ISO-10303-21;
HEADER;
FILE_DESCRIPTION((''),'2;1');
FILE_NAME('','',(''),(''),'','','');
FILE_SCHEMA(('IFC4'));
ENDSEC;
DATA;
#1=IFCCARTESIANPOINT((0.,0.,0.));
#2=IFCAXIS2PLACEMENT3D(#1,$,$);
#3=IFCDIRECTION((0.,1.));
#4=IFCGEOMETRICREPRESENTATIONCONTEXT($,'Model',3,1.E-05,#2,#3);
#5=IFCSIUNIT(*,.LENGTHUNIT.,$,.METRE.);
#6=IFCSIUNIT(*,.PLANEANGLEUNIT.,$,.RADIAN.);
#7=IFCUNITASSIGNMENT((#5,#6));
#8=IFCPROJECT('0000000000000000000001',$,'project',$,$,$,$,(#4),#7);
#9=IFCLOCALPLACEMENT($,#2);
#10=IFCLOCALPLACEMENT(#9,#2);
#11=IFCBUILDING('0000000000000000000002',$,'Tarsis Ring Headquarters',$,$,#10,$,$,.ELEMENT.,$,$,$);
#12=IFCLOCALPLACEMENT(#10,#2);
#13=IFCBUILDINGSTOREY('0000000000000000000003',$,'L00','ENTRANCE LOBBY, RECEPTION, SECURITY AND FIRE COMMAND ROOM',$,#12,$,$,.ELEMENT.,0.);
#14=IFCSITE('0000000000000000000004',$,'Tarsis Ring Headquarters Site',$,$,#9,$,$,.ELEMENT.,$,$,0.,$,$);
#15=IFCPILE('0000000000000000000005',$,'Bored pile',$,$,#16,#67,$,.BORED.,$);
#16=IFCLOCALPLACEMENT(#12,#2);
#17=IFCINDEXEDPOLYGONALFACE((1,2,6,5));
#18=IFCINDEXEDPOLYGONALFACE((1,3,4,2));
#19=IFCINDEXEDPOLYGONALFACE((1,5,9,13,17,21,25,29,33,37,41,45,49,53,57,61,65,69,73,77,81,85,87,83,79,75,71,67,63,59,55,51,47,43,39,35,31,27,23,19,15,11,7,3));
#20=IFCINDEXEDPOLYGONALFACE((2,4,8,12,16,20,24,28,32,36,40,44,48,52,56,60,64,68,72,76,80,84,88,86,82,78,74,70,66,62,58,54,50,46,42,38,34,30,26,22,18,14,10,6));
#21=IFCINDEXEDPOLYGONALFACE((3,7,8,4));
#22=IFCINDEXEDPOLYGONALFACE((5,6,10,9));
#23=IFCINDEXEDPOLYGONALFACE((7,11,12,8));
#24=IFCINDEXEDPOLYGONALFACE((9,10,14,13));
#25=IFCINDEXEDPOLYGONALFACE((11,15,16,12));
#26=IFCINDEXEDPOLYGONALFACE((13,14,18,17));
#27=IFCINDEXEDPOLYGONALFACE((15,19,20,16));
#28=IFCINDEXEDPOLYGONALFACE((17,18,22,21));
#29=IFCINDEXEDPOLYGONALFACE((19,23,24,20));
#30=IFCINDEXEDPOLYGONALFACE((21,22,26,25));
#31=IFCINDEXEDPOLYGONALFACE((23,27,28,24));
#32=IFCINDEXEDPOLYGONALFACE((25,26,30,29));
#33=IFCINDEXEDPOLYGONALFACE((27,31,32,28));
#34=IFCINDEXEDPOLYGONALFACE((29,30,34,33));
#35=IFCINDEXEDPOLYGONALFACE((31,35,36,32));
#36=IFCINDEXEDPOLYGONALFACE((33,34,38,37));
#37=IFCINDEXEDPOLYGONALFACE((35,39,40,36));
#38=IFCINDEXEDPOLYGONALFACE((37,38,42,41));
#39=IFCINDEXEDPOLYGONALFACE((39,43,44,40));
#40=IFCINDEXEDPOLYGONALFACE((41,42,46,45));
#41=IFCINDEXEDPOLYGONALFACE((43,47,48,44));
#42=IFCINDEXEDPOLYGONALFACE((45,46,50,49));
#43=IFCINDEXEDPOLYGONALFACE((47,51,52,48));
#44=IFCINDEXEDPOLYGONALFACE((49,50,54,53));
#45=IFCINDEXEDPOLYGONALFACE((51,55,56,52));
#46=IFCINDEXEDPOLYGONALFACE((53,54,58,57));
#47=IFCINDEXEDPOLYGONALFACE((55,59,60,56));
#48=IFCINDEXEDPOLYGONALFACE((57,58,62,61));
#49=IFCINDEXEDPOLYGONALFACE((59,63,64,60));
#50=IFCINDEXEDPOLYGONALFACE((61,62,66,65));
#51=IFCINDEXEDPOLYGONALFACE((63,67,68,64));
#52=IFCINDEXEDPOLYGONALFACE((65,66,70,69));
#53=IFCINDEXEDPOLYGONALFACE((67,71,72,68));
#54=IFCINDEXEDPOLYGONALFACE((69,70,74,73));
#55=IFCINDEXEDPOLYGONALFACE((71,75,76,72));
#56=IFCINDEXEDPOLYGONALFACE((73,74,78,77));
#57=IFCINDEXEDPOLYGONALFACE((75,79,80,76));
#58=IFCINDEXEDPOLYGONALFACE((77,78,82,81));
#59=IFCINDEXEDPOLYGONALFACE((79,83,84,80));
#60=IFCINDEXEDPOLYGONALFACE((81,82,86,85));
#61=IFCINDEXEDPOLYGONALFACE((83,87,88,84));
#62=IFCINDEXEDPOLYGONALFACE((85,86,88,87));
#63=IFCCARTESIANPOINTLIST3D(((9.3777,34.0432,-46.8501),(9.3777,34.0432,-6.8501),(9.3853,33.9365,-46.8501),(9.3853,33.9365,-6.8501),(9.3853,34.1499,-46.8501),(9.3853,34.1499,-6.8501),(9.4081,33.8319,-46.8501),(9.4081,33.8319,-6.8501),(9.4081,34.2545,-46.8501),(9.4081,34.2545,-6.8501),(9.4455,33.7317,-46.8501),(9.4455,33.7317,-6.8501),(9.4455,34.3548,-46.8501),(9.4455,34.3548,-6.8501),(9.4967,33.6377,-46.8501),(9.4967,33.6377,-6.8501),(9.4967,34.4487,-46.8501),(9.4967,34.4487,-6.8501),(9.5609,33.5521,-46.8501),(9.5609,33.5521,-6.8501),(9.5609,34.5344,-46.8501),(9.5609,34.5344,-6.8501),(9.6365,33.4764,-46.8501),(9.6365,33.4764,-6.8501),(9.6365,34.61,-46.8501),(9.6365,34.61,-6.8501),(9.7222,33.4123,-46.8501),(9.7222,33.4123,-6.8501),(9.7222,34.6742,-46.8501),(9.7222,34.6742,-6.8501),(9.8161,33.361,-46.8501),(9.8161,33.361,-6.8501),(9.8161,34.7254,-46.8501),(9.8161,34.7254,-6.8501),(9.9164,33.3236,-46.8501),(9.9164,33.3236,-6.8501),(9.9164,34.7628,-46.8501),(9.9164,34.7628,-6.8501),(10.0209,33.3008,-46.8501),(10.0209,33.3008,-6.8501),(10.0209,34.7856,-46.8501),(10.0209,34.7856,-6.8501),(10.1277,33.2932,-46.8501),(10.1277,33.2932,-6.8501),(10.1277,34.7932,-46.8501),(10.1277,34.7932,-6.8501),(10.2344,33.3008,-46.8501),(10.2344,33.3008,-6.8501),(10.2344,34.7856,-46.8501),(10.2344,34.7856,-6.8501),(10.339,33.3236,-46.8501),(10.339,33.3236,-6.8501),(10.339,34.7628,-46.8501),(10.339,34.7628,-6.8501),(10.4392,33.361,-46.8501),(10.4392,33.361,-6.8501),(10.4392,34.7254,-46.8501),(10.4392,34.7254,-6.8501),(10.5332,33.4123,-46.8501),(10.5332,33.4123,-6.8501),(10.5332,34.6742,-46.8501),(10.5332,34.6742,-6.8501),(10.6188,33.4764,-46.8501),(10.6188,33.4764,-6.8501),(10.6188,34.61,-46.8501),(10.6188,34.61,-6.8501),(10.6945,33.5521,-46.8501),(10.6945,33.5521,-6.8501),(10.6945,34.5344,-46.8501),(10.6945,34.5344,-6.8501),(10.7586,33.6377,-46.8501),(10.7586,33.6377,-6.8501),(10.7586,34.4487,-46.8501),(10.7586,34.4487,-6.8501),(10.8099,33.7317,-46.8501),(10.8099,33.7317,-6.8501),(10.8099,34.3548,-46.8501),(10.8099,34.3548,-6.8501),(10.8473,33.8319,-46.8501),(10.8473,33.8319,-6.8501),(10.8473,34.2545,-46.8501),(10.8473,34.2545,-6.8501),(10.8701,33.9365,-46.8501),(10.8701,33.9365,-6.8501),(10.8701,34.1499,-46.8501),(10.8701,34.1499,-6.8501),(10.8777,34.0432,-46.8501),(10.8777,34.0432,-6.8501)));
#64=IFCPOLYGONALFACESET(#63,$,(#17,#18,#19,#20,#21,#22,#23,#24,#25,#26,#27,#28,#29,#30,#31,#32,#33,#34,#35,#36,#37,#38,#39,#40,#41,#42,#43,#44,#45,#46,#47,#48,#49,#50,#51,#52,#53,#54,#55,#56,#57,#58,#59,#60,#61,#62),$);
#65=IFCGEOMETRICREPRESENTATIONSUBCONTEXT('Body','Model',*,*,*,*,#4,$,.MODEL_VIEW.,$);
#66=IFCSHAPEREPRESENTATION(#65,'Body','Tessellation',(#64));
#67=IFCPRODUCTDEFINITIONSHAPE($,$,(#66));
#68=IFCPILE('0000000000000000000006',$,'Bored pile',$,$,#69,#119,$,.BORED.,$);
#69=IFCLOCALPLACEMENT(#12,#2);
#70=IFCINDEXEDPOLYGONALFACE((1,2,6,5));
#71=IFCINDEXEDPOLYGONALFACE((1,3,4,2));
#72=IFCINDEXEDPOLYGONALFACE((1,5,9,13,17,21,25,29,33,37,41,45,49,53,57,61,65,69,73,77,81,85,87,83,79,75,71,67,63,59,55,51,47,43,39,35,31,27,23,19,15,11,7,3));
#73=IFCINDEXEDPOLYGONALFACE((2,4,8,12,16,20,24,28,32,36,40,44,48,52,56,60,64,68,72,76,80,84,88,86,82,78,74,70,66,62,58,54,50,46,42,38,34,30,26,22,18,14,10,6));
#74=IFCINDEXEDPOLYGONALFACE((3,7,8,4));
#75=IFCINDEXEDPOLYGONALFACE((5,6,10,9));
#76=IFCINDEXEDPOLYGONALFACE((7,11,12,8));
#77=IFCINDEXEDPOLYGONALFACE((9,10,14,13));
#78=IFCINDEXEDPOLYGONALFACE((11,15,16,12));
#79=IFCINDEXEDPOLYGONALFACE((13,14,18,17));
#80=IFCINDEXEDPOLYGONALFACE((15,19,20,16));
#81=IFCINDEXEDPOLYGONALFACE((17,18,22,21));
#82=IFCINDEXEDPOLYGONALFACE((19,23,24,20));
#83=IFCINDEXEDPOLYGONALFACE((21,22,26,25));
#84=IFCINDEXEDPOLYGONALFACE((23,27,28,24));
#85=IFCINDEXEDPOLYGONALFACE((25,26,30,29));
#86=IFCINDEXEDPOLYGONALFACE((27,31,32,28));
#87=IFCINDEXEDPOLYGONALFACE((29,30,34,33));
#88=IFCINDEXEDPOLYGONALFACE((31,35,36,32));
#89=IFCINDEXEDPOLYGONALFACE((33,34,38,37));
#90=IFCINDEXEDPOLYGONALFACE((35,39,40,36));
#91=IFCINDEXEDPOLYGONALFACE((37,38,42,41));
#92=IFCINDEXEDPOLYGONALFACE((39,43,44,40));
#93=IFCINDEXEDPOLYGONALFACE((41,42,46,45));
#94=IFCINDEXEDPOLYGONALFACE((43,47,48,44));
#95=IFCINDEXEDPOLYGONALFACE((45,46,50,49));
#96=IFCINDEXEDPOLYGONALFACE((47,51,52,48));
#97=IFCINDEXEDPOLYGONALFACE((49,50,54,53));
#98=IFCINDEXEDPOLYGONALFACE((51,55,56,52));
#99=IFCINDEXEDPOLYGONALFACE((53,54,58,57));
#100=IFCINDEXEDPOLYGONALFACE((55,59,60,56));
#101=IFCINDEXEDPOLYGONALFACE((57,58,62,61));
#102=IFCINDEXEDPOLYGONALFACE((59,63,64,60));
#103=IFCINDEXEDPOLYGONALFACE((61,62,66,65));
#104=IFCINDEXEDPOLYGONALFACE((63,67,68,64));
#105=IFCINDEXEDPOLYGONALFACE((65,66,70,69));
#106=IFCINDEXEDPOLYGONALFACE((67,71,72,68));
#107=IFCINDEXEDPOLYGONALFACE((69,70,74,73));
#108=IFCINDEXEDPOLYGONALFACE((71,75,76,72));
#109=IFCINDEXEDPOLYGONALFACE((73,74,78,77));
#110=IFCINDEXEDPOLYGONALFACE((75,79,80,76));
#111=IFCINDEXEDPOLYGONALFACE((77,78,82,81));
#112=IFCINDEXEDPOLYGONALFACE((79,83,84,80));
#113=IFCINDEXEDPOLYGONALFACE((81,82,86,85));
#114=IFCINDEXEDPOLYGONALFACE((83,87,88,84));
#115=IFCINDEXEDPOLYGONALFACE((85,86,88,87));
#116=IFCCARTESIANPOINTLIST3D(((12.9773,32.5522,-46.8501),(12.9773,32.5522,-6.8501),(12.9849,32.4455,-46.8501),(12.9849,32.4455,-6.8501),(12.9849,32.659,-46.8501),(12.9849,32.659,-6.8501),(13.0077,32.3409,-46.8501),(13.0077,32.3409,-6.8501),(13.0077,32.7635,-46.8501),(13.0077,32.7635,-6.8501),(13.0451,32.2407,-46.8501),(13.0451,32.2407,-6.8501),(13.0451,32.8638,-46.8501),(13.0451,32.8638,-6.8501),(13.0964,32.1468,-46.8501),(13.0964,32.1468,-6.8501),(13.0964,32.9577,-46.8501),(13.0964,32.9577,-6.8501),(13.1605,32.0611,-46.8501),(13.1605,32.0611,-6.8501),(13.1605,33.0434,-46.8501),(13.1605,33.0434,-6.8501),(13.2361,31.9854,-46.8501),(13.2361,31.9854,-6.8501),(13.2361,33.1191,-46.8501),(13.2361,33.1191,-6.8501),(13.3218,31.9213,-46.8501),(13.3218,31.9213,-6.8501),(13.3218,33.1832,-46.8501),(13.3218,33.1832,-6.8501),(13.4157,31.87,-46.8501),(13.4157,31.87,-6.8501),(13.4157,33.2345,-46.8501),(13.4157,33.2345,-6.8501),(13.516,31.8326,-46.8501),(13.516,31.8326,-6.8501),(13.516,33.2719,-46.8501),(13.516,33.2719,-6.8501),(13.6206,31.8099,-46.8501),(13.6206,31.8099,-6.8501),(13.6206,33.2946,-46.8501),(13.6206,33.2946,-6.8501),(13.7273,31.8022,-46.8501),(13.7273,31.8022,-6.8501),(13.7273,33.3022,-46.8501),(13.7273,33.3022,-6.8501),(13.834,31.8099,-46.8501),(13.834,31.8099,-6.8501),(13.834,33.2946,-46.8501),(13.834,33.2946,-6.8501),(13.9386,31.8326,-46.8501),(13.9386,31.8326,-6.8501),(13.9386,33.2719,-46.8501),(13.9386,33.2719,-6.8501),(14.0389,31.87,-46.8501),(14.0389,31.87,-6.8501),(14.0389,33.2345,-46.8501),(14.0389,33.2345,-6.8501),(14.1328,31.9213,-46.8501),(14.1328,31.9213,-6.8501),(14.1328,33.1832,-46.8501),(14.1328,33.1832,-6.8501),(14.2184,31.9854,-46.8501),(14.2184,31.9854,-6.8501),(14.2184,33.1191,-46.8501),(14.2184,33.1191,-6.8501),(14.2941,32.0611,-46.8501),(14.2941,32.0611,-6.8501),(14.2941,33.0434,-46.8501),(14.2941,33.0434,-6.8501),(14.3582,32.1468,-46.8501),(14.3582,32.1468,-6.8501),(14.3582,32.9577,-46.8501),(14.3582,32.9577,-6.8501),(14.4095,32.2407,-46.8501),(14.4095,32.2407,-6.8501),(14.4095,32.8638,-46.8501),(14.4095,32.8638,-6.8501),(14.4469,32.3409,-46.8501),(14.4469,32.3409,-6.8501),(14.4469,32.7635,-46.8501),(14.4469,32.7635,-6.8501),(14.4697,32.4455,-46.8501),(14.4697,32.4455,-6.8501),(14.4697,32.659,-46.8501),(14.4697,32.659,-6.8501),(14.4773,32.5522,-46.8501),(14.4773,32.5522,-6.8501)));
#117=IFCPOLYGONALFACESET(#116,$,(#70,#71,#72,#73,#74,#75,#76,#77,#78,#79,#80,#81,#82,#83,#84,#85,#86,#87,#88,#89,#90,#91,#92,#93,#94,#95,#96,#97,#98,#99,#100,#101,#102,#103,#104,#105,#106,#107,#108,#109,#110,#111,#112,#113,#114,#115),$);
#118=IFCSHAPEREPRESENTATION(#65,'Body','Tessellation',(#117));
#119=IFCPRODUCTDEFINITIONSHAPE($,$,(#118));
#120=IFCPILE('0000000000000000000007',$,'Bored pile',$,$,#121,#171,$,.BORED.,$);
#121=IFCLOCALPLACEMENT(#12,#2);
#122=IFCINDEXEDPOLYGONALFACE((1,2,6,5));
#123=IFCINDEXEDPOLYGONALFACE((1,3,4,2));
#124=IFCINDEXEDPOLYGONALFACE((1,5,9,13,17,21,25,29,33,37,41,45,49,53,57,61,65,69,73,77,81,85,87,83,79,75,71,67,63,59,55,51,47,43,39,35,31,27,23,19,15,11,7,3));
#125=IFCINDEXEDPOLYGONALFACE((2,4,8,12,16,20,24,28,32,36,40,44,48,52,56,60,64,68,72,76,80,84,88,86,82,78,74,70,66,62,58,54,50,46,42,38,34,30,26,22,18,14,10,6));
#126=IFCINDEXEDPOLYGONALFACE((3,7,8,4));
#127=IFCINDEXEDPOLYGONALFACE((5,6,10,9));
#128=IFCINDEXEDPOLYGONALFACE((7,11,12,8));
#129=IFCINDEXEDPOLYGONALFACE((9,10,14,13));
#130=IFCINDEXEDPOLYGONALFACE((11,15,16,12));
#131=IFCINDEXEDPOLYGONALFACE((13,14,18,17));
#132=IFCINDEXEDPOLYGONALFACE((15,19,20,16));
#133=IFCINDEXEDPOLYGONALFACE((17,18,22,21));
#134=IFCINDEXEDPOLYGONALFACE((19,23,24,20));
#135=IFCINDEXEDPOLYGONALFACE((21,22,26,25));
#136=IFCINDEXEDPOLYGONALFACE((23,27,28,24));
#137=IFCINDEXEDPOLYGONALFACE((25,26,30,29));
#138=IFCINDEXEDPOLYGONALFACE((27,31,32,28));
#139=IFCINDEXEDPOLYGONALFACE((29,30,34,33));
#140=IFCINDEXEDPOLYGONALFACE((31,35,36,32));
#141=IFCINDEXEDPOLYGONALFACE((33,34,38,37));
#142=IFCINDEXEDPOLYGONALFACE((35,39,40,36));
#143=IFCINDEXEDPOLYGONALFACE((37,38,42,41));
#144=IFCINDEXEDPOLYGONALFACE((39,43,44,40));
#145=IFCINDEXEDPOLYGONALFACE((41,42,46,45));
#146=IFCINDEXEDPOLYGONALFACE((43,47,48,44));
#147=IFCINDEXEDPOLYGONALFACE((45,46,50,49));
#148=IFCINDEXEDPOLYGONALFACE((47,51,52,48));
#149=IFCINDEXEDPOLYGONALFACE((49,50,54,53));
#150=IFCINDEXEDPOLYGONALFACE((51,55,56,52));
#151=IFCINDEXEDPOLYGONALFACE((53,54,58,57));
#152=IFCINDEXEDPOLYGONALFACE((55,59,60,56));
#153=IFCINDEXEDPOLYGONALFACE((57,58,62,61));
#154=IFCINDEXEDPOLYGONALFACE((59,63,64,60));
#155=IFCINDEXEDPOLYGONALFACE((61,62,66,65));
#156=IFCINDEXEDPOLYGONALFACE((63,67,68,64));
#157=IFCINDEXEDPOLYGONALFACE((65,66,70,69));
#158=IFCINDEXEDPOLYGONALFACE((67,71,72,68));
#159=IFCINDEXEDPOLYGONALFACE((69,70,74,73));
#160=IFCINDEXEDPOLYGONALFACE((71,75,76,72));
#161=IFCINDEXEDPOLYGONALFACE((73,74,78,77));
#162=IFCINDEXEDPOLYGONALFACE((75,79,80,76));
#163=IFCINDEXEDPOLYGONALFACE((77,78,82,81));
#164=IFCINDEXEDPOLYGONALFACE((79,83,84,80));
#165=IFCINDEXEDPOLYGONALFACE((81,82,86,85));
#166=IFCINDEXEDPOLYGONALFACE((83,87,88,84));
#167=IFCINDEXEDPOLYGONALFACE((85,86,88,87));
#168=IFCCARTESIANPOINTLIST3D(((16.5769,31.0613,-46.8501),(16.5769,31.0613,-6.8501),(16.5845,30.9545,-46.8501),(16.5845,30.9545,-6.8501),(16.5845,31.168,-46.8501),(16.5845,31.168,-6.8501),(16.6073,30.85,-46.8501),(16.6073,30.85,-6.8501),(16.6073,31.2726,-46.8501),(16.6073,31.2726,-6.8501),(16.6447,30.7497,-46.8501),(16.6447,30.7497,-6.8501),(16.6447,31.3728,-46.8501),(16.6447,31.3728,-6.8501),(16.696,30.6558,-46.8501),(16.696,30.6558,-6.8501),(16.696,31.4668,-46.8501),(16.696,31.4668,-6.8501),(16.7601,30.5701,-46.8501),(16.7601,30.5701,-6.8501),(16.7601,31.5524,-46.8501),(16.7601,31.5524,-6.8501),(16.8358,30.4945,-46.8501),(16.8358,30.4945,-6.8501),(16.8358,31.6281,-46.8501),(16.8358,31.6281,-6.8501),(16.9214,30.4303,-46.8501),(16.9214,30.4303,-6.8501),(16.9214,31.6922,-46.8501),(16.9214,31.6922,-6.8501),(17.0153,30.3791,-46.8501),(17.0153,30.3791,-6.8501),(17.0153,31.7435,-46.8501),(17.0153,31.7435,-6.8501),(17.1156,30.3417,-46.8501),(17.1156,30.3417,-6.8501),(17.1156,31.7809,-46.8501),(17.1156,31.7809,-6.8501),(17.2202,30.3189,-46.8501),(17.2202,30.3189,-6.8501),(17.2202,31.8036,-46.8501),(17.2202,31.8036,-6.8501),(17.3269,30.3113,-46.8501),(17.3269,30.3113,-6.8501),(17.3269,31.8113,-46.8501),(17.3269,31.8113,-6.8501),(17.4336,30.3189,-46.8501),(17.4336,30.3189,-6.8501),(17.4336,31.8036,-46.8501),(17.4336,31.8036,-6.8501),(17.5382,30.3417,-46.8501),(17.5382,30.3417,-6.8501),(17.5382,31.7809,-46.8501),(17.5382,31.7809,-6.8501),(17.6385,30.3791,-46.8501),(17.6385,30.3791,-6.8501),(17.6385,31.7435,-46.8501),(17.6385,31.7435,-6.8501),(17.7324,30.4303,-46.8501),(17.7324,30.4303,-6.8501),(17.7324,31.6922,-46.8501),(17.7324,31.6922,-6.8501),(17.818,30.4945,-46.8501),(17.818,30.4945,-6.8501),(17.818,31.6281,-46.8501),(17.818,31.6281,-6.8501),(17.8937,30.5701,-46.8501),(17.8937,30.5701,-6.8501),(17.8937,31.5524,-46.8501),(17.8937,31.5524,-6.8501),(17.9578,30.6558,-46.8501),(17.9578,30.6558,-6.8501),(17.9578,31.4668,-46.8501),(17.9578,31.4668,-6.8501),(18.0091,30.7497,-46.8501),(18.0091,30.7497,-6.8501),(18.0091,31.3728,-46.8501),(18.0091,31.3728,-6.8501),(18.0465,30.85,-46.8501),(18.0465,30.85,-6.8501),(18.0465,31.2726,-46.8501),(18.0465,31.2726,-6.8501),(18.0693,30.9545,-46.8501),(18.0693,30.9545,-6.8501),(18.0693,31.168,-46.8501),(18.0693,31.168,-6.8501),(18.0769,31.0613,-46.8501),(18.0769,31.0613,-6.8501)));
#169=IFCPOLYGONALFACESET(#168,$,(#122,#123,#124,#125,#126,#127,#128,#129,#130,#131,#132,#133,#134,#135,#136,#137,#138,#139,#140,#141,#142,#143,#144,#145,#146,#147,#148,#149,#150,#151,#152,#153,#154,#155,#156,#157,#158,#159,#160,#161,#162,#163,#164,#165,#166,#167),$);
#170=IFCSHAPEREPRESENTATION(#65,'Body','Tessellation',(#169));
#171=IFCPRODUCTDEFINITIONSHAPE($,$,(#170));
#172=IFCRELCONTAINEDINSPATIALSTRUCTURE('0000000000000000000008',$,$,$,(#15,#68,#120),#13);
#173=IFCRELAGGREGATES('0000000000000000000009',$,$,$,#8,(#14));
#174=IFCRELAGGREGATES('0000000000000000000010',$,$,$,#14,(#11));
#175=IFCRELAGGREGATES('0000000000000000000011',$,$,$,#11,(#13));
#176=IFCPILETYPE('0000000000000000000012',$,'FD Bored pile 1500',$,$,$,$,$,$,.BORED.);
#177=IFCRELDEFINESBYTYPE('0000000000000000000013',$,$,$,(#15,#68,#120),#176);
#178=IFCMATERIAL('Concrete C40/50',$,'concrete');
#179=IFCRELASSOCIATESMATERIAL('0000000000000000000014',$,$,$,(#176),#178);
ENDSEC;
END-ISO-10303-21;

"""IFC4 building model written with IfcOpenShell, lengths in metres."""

from ifc_helpers import new_model, si_unit, direction, frame, origin, origin_2d, place, context, subcontext, project, spatial, circle, extrude, material, material_profile, profile_set, type_object, element, save


model = new_model("IFC4")

# Units and contexts
model_context = context("Model", 3, precision=1e-05, world=origin(), true_north=direction((0.0, 1.0)))
body_context = subcontext(model_context, "Body", "Model", "MODEL_VIEW")
ifc_project = project(units=[si_unit("LENGTHUNIT", "METRE"), si_unit("PLANEANGLEUNIT", "RADIAN")], contexts=[model_context])

# Site, building, storey
site_placement = place(None, origin())
site = spatial("IfcSite", under=ifc_project, at=site_placement, Name="Tarsis Ring Headquarters Site", CompositionType="ELEMENT", RefElevation=0.0)
building_placement = place(site_placement, origin())
building = spatial("IfcBuilding", under=site, at=building_placement, Name="Tarsis Ring Headquarters", CompositionType="ELEMENT")
storey_placement = place(building_placement, origin())
storey = spatial("IfcBuildingStorey", under=building, at=storey_placement, Name="L00", Description="ENTRANCE LOBBY, RECEPTION, SECURITY AND FIRE COMMAND ROOM", CompositionType="ELEMENT", Elevation=0.0)

# Piles
ifc_material_1 = material(Name="Concrete C40/50", Category="concrete")
ifc_material_profile_1 = material_profile(ifc_material_1, circle(Radius=0.75, at=origin_2d()), Name="BORED 1500")
ifc_profile_set_1 = profile_set([ifc_material_profile_1], Name="Concrete C40/50")
pile_type = type_object("IfcPileType", Name="FD Bored pile 1500", PredefinedType="BORED", material=ifc_profile_set_1)
for number, where, z_axis, x_axis, name in (
    (1, (10.1277, 34.0432, -6.8501), (0.0, 0.0, -1.0), (1.0, 0.0, 0.0), "Bored pile"),
    (2, (13.7273, 32.5522, -6.8501), (0.0, 0.0, -1.0), (1.0, 0.0, 0.0), "Bored pile"),
    (3, (17.3269, 31.0613, -6.8501), (0.0, 0.0, -1.0), (1.0, 0.0, 0.0), "Bored pile"),
):
    element("IfcPile", number, at=place(storey_placement, frame(where, z_axis=z_axis, x_axis=x_axis)), inside=storey, type_object=pile_type, Name=name, PredefinedType="BORED", context=body_context, shape_type="SweptSolid", body=[
        extrude(circle(Radius=0.75, at=origin_2d()), origin(), (0.0, 0.0, 1.0), 40.0),
    ])

save(model, "model.ifc")
